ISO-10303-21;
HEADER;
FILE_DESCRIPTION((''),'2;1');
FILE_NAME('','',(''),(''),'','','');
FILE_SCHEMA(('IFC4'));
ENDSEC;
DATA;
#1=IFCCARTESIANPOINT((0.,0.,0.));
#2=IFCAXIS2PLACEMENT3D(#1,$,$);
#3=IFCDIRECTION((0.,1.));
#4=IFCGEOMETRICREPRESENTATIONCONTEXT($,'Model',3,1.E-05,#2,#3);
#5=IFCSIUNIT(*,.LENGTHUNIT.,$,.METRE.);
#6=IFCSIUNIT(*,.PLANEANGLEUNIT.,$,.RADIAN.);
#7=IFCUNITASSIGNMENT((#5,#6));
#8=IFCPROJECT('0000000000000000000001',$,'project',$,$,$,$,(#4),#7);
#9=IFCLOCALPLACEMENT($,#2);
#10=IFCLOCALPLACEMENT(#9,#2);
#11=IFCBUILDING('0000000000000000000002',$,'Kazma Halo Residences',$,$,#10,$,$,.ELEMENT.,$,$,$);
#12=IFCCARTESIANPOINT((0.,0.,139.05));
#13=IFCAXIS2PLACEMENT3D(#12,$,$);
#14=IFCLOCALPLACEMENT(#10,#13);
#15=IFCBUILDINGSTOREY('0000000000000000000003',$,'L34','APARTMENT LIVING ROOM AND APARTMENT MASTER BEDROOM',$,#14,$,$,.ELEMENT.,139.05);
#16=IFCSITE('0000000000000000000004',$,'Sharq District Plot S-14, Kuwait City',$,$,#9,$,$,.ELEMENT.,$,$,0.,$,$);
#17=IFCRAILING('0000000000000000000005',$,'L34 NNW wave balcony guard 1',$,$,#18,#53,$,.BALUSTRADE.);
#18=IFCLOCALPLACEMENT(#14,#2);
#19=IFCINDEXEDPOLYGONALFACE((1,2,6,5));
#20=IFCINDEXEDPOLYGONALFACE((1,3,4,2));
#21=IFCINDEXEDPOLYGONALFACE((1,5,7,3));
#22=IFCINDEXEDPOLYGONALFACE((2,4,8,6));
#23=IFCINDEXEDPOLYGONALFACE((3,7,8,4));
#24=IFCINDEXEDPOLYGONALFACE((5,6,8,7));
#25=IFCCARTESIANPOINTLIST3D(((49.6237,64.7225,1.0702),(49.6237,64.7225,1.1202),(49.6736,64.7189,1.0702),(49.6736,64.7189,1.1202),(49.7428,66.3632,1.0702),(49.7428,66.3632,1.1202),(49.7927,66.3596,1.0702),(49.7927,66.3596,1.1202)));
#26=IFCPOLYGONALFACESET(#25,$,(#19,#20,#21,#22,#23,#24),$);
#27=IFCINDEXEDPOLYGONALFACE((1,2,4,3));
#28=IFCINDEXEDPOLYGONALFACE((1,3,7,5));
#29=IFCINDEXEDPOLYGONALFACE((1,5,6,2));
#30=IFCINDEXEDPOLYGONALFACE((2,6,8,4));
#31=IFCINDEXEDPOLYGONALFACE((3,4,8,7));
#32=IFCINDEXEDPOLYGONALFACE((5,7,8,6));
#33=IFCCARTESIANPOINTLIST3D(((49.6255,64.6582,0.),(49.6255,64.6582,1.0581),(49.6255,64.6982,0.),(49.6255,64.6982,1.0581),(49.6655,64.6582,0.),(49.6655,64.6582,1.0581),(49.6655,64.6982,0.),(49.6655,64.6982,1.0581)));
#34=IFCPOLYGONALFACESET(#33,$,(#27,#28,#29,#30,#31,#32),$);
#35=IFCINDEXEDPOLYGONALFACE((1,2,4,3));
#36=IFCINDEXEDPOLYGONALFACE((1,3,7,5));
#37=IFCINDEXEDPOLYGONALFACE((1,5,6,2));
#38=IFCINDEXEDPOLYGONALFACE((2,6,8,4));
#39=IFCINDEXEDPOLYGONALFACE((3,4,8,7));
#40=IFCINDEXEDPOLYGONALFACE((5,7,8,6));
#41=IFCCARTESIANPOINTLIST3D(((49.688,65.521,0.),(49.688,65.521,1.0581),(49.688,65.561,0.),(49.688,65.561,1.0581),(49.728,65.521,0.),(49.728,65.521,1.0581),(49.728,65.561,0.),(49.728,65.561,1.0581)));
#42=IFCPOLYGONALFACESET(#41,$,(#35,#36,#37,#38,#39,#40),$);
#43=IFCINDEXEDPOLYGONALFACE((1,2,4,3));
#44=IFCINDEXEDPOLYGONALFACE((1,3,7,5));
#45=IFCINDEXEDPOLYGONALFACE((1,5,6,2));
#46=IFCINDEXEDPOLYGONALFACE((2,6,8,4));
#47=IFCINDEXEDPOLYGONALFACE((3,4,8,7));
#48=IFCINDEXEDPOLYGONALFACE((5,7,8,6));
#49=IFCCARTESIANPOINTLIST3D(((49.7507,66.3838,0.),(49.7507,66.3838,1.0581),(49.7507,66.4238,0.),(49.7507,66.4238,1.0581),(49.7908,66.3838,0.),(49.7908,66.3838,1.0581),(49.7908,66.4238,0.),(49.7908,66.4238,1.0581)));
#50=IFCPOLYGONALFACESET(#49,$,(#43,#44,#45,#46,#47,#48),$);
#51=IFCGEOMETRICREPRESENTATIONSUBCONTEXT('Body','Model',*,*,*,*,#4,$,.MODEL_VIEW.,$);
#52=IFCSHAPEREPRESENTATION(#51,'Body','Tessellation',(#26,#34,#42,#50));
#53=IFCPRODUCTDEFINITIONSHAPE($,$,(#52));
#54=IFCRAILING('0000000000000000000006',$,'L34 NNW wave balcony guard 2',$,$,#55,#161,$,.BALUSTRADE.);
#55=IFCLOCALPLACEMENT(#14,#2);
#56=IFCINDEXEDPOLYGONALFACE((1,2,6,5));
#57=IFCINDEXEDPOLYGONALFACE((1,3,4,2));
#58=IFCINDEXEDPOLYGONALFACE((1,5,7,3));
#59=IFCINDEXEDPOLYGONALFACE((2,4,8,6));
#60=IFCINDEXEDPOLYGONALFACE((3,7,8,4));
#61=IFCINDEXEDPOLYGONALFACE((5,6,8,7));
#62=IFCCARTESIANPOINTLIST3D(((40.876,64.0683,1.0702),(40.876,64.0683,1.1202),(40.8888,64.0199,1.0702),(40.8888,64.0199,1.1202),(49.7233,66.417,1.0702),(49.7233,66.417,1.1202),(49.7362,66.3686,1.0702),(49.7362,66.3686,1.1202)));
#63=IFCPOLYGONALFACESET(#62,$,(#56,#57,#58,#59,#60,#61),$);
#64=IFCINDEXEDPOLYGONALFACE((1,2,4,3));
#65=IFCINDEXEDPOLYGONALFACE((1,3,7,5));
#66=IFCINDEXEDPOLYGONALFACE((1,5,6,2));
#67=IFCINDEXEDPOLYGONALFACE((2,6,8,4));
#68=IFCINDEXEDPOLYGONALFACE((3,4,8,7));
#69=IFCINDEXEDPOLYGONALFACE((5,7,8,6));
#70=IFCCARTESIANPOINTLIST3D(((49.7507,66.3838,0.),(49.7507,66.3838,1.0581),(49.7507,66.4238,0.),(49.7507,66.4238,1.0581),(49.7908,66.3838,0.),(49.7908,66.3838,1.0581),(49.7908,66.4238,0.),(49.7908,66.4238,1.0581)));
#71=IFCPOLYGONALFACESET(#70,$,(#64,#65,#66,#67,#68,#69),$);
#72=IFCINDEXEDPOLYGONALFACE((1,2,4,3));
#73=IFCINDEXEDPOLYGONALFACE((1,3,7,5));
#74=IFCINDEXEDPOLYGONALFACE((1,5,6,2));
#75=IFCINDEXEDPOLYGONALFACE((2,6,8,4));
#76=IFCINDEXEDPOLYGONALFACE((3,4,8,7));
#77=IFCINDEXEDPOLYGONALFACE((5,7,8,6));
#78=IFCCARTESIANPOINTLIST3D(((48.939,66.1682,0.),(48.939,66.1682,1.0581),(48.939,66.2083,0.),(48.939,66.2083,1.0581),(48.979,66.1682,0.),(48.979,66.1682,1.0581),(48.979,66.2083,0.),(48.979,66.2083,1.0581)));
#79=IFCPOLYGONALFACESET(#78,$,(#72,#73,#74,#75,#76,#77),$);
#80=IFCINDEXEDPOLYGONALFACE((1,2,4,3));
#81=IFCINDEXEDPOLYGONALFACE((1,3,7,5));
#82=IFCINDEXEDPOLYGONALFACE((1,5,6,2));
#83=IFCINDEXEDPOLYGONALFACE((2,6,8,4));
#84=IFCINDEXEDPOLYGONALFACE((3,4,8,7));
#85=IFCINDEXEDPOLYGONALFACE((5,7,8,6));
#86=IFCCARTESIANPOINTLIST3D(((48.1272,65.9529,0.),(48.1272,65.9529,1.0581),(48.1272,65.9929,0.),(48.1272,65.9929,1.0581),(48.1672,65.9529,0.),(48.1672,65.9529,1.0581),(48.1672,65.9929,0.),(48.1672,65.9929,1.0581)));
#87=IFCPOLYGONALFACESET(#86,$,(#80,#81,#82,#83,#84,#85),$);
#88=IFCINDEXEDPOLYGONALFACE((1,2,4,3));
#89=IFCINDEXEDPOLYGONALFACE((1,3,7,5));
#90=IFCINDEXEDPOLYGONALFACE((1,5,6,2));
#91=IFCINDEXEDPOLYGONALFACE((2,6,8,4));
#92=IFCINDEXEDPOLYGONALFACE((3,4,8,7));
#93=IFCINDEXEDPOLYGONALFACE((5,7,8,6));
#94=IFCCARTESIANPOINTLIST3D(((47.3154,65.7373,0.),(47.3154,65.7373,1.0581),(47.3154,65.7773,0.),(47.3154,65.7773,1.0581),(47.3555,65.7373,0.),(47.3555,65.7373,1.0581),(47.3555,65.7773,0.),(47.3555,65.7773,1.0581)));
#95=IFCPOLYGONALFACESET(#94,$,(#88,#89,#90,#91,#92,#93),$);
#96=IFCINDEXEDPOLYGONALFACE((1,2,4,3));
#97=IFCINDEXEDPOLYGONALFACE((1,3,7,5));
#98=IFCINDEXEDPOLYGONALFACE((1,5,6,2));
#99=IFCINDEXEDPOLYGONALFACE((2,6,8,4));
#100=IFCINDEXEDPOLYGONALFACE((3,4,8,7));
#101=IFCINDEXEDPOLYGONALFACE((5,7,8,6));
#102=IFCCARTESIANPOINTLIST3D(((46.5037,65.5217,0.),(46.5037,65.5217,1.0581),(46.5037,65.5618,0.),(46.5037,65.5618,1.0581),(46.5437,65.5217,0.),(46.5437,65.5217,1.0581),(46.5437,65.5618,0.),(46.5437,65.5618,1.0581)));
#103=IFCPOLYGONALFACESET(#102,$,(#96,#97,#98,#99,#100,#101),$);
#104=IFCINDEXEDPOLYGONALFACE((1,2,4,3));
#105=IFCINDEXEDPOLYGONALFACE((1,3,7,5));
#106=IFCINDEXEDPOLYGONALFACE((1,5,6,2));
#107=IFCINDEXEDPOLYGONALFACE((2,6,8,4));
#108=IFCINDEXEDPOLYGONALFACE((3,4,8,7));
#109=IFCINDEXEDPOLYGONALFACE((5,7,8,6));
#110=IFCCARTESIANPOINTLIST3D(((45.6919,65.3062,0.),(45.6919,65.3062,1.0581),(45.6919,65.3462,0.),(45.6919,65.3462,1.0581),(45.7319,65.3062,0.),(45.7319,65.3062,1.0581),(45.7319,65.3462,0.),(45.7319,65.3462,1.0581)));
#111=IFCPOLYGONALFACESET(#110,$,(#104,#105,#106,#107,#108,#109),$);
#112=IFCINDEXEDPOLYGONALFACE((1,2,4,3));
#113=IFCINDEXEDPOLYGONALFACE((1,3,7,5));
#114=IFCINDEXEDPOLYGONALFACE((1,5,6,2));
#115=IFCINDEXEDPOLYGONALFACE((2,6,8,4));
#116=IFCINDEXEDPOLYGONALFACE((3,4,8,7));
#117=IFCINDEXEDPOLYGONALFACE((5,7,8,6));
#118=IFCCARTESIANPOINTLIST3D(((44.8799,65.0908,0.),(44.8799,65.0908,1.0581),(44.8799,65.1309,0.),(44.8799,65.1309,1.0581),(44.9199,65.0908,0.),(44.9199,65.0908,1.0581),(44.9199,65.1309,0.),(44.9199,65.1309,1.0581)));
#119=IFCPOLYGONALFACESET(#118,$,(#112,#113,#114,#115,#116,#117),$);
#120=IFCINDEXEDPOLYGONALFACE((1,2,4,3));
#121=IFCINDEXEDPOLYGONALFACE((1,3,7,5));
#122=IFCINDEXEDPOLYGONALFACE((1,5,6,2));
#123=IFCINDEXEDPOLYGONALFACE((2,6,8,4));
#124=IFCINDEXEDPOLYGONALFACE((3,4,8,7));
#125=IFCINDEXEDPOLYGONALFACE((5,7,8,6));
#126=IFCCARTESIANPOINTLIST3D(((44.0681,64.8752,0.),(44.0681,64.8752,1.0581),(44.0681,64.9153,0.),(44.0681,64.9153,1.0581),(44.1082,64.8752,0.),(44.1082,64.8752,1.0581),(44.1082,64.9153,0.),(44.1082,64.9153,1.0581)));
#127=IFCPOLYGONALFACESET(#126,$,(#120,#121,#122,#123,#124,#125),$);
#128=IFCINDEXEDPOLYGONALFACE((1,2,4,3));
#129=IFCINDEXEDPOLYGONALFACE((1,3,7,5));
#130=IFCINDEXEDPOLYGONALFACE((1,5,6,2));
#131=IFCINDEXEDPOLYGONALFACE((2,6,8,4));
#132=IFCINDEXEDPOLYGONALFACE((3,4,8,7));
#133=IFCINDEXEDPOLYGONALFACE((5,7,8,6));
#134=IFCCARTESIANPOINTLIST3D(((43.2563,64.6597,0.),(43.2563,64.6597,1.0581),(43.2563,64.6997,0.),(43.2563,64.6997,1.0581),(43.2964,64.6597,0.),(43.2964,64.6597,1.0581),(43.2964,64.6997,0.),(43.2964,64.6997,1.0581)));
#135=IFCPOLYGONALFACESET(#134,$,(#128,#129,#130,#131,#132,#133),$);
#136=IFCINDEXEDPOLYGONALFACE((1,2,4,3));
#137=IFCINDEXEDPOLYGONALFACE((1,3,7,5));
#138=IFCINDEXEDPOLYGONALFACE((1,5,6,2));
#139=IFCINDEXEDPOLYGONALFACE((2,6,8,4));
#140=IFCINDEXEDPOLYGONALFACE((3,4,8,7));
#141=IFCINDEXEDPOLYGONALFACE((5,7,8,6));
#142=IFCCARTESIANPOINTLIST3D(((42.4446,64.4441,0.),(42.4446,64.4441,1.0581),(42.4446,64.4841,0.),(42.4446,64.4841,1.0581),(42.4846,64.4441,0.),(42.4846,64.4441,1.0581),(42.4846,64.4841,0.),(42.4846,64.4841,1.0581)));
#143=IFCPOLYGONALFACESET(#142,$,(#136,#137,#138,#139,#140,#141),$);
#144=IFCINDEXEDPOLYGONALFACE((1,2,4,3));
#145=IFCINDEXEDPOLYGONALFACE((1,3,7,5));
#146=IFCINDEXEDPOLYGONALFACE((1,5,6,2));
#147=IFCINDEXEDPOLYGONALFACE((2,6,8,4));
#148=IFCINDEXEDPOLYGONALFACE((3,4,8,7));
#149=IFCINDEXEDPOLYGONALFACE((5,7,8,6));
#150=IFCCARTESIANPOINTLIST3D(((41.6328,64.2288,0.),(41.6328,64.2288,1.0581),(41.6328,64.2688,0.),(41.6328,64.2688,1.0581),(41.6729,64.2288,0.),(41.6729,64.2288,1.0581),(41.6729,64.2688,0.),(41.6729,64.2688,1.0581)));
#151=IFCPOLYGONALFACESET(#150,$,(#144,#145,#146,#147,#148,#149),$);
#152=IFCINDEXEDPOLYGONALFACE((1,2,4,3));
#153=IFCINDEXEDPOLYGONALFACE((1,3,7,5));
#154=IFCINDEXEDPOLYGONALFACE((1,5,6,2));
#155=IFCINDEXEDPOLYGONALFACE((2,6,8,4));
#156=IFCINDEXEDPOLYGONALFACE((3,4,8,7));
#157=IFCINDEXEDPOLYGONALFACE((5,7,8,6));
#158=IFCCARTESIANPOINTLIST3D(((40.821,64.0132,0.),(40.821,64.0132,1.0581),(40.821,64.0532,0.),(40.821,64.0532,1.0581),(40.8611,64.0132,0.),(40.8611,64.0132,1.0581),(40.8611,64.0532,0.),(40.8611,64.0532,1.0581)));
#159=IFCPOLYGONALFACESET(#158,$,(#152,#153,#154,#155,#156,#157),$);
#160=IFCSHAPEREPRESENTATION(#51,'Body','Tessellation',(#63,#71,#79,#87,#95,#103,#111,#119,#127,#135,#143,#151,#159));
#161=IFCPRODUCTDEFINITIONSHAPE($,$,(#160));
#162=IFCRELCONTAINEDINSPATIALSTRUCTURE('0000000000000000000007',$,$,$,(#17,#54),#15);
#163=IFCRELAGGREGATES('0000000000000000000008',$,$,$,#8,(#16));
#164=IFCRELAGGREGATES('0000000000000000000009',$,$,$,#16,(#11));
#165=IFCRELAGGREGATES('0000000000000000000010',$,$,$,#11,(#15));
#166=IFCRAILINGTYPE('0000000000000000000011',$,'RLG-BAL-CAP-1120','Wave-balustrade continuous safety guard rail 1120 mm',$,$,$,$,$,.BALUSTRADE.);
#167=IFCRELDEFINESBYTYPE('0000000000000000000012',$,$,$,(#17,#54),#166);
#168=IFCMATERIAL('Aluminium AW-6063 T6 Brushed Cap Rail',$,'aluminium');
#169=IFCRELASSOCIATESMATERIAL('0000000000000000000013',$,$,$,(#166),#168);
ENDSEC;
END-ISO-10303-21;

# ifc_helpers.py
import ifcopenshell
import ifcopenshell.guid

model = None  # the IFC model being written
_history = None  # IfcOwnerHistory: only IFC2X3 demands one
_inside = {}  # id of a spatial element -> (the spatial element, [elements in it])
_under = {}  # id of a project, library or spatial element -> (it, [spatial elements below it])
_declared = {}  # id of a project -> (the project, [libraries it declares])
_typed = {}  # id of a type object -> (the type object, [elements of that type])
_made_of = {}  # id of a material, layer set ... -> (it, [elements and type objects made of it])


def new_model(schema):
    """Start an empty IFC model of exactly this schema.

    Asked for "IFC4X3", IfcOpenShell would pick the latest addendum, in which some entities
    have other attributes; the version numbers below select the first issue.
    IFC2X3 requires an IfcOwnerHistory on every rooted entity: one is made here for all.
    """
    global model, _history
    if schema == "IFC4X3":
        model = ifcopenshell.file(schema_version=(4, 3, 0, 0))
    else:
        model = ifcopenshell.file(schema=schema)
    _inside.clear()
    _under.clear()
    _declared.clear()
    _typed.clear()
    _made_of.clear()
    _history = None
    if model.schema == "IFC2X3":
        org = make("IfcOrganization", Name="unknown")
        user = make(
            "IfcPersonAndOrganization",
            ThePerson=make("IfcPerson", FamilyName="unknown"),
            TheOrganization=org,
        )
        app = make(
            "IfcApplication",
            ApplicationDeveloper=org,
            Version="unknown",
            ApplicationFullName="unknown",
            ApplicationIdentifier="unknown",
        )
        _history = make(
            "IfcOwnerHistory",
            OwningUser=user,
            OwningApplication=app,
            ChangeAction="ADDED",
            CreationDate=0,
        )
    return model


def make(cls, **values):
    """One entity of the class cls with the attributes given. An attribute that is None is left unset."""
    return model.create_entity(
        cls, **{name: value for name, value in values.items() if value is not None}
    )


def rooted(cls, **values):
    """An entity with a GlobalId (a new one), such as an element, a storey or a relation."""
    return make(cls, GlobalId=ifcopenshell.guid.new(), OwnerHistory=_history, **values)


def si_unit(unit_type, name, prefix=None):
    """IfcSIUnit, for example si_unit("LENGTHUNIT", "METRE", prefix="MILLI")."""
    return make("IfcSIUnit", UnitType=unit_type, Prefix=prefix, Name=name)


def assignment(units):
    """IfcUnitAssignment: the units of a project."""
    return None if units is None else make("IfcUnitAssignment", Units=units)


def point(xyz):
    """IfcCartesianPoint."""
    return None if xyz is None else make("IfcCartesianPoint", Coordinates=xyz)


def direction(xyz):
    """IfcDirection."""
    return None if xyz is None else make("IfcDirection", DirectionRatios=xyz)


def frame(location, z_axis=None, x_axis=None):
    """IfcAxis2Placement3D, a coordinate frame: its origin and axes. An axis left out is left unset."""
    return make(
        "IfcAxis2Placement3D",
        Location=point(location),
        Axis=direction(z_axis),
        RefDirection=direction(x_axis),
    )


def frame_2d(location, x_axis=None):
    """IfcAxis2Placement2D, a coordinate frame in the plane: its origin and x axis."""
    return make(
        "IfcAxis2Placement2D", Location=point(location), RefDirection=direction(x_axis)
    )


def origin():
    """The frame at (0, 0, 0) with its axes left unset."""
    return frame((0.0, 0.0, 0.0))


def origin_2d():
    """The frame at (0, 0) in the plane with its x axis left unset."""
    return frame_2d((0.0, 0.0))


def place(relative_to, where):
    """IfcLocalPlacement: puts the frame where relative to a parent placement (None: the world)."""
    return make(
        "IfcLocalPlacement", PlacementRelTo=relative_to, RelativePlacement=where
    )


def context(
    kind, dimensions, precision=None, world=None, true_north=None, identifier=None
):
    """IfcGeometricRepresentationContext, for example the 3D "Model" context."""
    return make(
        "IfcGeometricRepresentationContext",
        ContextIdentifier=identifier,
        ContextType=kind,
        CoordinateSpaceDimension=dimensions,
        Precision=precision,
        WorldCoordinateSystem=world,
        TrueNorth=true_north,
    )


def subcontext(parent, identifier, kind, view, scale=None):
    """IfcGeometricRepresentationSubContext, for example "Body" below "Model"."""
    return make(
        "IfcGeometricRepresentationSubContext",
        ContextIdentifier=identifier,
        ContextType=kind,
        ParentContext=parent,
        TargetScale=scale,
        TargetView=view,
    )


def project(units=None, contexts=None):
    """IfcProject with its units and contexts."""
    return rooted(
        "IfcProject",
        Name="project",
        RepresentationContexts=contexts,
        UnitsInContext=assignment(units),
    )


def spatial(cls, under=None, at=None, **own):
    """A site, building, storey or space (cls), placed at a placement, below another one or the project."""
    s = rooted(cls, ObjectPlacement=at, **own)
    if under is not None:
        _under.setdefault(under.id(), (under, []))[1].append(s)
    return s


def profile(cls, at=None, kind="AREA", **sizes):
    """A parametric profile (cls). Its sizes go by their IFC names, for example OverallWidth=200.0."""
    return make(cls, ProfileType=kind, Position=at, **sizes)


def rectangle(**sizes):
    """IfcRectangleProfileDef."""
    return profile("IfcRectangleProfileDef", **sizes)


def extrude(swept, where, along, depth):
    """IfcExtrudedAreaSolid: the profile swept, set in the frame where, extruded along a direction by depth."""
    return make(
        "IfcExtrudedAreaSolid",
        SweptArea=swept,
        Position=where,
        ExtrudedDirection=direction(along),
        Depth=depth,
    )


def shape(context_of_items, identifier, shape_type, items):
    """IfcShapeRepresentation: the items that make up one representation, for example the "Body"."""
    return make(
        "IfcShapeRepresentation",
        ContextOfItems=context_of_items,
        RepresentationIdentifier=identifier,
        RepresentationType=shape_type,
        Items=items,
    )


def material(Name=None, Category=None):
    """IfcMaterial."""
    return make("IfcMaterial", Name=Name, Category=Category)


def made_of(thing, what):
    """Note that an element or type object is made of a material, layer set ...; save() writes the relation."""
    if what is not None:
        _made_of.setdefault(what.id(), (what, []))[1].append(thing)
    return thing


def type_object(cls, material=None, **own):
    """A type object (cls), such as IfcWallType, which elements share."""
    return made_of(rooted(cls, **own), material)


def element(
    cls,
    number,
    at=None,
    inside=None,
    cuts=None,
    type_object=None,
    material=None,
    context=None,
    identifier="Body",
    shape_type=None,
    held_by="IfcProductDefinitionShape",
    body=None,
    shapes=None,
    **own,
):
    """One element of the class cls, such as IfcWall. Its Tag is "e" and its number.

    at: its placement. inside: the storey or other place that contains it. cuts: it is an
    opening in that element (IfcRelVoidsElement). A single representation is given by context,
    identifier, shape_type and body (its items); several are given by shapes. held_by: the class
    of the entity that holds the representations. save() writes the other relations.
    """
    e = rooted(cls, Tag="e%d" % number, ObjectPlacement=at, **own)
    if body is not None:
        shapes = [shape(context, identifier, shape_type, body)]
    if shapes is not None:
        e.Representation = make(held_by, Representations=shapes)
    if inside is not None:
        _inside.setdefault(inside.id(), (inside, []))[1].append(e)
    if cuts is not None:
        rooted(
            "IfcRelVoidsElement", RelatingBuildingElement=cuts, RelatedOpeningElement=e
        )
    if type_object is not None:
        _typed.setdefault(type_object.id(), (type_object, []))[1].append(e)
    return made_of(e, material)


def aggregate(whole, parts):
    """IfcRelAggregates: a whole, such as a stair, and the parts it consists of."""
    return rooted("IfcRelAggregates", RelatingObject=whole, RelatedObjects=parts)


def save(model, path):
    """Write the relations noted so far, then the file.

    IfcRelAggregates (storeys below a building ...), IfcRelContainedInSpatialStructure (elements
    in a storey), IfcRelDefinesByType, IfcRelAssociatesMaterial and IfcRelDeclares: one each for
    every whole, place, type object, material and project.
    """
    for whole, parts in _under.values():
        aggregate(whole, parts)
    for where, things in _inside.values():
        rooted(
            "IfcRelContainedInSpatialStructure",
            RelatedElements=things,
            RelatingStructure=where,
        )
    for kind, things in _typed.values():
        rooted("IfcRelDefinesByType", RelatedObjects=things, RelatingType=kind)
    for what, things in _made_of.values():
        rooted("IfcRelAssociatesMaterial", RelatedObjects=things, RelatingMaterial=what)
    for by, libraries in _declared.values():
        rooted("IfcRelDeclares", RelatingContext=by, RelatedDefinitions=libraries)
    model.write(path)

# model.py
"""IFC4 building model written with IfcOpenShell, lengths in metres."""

from ifc_helpers import new_model, si_unit, direction, frame, origin, origin_2d, place, context, subcontext, project, spatial, rectangle, extrude, material, type_object, element, save


model = new_model("IFC4")

# Units and contexts
model_context = context("Model", 3, precision=1e-05, world=origin(), true_north=direction((0.0, 1.0)))
body_context = subcontext(model_context, "Body", "Model", "MODEL_VIEW")
ifc_project = project(units=[si_unit("LENGTHUNIT", "METRE"), si_unit("PLANEANGLEUNIT", "RADIAN")], contexts=[model_context])

# Site, building, storey
site_placement = place(None, origin())
site = spatial("IfcSite", under=ifc_project, at=site_placement, Name="Sharq District Plot S-14, Kuwait City", CompositionType="ELEMENT", RefElevation=0.0)
building_placement = place(site_placement, origin())
building = spatial("IfcBuilding", under=site, at=building_placement, Name="Kazma Halo Residences", CompositionType="ELEMENT")
storey_placement = place(building_placement, frame((0.0, 0.0, 139.05)))
storey = spatial("IfcBuildingStorey", under=building, at=storey_placement, Name="L34", Description="APARTMENT LIVING ROOM AND APARTMENT MASTER BEDROOM", CompositionType="ELEMENT", Elevation=139.05)

# Railings
ifc_material_1 = material(Name="Aluminium AW-6063 T6 Brushed Cap Rail", Category="aluminium")
railing_type = type_object("IfcRailingType", Name="RLG-BAL-CAP-1120", Description="Wave-balustrade continuous safety guard rail 1120 mm", PredefinedType="BALUSTRADE", material=ifc_material_1)
railing_1_placement = place(storey_placement, frame((49.6455, 64.6782, 0.0)))
element("IfcRailing", 1, at=railing_1_placement, inside=storey, type_object=railing_type, Name="L34 NNW wave balcony guard 1", PredefinedType="BALUSTRADE", context=body_context, shape_type="SweptSolid", body=[
    extrude(rectangle(XDim=0.05, YDim=0.05, at=origin_2d()), frame((0.0032, 0.0425, 1.0952), z_axis=(0.07239, 0.997376, 0.0), x_axis=(-0.997376, 0.07239, 0.0)), (0.0, 0.0, 1.0), 1.645),
    extrude(rectangle(XDim=0.04, YDim=0.04, at=origin_2d()), origin(), (0.0, 0.0, 1.0), 1.0581),
    extrude(rectangle(XDim=0.04, YDim=0.04, at=origin_2d()), frame((0.0625, 0.8628, 0.0)), (0.0, 0.0, 1.0), 1.0581),
    extrude(rectangle(XDim=0.04, YDim=0.04, at=origin_2d()), frame((0.1252, 1.7256, 0.0)), (0.0, 0.0, 1.0), 1.0581),
])
railing_2_placement = place(storey_placement, frame((49.7708, 66.4038, 0.0)))
element("IfcRailing", 2, at=railing_2_placement, inside=storey, type_object=railing_type, Name="L34 NNW wave balcony guard 2", PredefinedType="BALUSTRADE", context=body_context, shape_type="SweptSolid", body=[
    extrude(rectangle(XDim=0.05, YDim=0.05, at=origin_2d()), frame((-0.041, -0.011, 1.0952), z_axis=(-0.966521, -0.256587, 0.0), x_axis=(0.256587, -0.966521, 0.0)), (0.0, 0.0, 1.0), 9.1538),
    extrude(rectangle(XDim=0.04, YDim=0.04, at=origin_2d()), origin(), (0.0, 0.0, 1.0), 1.0581),
    extrude(rectangle(XDim=0.04, YDim=0.04, at=origin_2d()), frame((-0.8118, -0.2156, 0.0)), (0.0, 0.0, 1.0), 1.0581),
    extrude(rectangle(XDim=0.04, YDim=0.04, at=origin_2d()), frame((-1.6235, -0.4309, 0.0)), (0.0, 0.0, 1.0), 1.0581),
    extrude(rectangle(XDim=0.04, YDim=0.04, at=origin_2d()), frame((-2.4353, -0.6465, 0.0)), (0.0, 0.0, 1.0), 1.0581),
    extrude(rectangle(XDim=0.04, YDim=0.04, at=origin_2d()), frame((-3.2471, -0.8621, 0.0)), (0.0, 0.0, 1.0), 1.0581),
    extrude(rectangle(XDim=0.04, YDim=0.04, at=origin_2d()), frame((-4.0588, -1.0776, 0.0)), (0.0, 0.0, 1.0), 1.0581),
    extrude(rectangle(XDim=0.04, YDim=0.04, at=origin_2d()), frame((-4.8708, -1.293, 0.0)), (0.0, 0.0, 1.0), 1.0581),
    extrude(rectangle(XDim=0.04, YDim=0.04, at=origin_2d()), frame((-5.6826, -1.5085, 0.0)), (0.0, 0.0, 1.0), 1.0581),
    extrude(rectangle(XDim=0.04, YDim=0.04, at=origin_2d()), frame((-6.4944, -1.7241, 0.0)), (0.0, 0.0, 1.0), 1.0581),
    extrude(rectangle(XDim=0.04, YDim=0.04, at=origin_2d()), frame((-7.3062, -1.9397, 0.0)), (0.0, 0.0, 1.0), 1.0581),
    extrude(rectangle(XDim=0.04, YDim=0.04, at=origin_2d()), frame((-8.1179, -2.155, 0.0)), (0.0, 0.0, 1.0), 1.0581),
    extrude(rectangle(XDim=0.04, YDim=0.04, at=origin_2d()), frame((-8.9297, -2.3706, 0.0)), (0.0, 0.0, 1.0), 1.0581),
])

save(model, "model.ifc")
